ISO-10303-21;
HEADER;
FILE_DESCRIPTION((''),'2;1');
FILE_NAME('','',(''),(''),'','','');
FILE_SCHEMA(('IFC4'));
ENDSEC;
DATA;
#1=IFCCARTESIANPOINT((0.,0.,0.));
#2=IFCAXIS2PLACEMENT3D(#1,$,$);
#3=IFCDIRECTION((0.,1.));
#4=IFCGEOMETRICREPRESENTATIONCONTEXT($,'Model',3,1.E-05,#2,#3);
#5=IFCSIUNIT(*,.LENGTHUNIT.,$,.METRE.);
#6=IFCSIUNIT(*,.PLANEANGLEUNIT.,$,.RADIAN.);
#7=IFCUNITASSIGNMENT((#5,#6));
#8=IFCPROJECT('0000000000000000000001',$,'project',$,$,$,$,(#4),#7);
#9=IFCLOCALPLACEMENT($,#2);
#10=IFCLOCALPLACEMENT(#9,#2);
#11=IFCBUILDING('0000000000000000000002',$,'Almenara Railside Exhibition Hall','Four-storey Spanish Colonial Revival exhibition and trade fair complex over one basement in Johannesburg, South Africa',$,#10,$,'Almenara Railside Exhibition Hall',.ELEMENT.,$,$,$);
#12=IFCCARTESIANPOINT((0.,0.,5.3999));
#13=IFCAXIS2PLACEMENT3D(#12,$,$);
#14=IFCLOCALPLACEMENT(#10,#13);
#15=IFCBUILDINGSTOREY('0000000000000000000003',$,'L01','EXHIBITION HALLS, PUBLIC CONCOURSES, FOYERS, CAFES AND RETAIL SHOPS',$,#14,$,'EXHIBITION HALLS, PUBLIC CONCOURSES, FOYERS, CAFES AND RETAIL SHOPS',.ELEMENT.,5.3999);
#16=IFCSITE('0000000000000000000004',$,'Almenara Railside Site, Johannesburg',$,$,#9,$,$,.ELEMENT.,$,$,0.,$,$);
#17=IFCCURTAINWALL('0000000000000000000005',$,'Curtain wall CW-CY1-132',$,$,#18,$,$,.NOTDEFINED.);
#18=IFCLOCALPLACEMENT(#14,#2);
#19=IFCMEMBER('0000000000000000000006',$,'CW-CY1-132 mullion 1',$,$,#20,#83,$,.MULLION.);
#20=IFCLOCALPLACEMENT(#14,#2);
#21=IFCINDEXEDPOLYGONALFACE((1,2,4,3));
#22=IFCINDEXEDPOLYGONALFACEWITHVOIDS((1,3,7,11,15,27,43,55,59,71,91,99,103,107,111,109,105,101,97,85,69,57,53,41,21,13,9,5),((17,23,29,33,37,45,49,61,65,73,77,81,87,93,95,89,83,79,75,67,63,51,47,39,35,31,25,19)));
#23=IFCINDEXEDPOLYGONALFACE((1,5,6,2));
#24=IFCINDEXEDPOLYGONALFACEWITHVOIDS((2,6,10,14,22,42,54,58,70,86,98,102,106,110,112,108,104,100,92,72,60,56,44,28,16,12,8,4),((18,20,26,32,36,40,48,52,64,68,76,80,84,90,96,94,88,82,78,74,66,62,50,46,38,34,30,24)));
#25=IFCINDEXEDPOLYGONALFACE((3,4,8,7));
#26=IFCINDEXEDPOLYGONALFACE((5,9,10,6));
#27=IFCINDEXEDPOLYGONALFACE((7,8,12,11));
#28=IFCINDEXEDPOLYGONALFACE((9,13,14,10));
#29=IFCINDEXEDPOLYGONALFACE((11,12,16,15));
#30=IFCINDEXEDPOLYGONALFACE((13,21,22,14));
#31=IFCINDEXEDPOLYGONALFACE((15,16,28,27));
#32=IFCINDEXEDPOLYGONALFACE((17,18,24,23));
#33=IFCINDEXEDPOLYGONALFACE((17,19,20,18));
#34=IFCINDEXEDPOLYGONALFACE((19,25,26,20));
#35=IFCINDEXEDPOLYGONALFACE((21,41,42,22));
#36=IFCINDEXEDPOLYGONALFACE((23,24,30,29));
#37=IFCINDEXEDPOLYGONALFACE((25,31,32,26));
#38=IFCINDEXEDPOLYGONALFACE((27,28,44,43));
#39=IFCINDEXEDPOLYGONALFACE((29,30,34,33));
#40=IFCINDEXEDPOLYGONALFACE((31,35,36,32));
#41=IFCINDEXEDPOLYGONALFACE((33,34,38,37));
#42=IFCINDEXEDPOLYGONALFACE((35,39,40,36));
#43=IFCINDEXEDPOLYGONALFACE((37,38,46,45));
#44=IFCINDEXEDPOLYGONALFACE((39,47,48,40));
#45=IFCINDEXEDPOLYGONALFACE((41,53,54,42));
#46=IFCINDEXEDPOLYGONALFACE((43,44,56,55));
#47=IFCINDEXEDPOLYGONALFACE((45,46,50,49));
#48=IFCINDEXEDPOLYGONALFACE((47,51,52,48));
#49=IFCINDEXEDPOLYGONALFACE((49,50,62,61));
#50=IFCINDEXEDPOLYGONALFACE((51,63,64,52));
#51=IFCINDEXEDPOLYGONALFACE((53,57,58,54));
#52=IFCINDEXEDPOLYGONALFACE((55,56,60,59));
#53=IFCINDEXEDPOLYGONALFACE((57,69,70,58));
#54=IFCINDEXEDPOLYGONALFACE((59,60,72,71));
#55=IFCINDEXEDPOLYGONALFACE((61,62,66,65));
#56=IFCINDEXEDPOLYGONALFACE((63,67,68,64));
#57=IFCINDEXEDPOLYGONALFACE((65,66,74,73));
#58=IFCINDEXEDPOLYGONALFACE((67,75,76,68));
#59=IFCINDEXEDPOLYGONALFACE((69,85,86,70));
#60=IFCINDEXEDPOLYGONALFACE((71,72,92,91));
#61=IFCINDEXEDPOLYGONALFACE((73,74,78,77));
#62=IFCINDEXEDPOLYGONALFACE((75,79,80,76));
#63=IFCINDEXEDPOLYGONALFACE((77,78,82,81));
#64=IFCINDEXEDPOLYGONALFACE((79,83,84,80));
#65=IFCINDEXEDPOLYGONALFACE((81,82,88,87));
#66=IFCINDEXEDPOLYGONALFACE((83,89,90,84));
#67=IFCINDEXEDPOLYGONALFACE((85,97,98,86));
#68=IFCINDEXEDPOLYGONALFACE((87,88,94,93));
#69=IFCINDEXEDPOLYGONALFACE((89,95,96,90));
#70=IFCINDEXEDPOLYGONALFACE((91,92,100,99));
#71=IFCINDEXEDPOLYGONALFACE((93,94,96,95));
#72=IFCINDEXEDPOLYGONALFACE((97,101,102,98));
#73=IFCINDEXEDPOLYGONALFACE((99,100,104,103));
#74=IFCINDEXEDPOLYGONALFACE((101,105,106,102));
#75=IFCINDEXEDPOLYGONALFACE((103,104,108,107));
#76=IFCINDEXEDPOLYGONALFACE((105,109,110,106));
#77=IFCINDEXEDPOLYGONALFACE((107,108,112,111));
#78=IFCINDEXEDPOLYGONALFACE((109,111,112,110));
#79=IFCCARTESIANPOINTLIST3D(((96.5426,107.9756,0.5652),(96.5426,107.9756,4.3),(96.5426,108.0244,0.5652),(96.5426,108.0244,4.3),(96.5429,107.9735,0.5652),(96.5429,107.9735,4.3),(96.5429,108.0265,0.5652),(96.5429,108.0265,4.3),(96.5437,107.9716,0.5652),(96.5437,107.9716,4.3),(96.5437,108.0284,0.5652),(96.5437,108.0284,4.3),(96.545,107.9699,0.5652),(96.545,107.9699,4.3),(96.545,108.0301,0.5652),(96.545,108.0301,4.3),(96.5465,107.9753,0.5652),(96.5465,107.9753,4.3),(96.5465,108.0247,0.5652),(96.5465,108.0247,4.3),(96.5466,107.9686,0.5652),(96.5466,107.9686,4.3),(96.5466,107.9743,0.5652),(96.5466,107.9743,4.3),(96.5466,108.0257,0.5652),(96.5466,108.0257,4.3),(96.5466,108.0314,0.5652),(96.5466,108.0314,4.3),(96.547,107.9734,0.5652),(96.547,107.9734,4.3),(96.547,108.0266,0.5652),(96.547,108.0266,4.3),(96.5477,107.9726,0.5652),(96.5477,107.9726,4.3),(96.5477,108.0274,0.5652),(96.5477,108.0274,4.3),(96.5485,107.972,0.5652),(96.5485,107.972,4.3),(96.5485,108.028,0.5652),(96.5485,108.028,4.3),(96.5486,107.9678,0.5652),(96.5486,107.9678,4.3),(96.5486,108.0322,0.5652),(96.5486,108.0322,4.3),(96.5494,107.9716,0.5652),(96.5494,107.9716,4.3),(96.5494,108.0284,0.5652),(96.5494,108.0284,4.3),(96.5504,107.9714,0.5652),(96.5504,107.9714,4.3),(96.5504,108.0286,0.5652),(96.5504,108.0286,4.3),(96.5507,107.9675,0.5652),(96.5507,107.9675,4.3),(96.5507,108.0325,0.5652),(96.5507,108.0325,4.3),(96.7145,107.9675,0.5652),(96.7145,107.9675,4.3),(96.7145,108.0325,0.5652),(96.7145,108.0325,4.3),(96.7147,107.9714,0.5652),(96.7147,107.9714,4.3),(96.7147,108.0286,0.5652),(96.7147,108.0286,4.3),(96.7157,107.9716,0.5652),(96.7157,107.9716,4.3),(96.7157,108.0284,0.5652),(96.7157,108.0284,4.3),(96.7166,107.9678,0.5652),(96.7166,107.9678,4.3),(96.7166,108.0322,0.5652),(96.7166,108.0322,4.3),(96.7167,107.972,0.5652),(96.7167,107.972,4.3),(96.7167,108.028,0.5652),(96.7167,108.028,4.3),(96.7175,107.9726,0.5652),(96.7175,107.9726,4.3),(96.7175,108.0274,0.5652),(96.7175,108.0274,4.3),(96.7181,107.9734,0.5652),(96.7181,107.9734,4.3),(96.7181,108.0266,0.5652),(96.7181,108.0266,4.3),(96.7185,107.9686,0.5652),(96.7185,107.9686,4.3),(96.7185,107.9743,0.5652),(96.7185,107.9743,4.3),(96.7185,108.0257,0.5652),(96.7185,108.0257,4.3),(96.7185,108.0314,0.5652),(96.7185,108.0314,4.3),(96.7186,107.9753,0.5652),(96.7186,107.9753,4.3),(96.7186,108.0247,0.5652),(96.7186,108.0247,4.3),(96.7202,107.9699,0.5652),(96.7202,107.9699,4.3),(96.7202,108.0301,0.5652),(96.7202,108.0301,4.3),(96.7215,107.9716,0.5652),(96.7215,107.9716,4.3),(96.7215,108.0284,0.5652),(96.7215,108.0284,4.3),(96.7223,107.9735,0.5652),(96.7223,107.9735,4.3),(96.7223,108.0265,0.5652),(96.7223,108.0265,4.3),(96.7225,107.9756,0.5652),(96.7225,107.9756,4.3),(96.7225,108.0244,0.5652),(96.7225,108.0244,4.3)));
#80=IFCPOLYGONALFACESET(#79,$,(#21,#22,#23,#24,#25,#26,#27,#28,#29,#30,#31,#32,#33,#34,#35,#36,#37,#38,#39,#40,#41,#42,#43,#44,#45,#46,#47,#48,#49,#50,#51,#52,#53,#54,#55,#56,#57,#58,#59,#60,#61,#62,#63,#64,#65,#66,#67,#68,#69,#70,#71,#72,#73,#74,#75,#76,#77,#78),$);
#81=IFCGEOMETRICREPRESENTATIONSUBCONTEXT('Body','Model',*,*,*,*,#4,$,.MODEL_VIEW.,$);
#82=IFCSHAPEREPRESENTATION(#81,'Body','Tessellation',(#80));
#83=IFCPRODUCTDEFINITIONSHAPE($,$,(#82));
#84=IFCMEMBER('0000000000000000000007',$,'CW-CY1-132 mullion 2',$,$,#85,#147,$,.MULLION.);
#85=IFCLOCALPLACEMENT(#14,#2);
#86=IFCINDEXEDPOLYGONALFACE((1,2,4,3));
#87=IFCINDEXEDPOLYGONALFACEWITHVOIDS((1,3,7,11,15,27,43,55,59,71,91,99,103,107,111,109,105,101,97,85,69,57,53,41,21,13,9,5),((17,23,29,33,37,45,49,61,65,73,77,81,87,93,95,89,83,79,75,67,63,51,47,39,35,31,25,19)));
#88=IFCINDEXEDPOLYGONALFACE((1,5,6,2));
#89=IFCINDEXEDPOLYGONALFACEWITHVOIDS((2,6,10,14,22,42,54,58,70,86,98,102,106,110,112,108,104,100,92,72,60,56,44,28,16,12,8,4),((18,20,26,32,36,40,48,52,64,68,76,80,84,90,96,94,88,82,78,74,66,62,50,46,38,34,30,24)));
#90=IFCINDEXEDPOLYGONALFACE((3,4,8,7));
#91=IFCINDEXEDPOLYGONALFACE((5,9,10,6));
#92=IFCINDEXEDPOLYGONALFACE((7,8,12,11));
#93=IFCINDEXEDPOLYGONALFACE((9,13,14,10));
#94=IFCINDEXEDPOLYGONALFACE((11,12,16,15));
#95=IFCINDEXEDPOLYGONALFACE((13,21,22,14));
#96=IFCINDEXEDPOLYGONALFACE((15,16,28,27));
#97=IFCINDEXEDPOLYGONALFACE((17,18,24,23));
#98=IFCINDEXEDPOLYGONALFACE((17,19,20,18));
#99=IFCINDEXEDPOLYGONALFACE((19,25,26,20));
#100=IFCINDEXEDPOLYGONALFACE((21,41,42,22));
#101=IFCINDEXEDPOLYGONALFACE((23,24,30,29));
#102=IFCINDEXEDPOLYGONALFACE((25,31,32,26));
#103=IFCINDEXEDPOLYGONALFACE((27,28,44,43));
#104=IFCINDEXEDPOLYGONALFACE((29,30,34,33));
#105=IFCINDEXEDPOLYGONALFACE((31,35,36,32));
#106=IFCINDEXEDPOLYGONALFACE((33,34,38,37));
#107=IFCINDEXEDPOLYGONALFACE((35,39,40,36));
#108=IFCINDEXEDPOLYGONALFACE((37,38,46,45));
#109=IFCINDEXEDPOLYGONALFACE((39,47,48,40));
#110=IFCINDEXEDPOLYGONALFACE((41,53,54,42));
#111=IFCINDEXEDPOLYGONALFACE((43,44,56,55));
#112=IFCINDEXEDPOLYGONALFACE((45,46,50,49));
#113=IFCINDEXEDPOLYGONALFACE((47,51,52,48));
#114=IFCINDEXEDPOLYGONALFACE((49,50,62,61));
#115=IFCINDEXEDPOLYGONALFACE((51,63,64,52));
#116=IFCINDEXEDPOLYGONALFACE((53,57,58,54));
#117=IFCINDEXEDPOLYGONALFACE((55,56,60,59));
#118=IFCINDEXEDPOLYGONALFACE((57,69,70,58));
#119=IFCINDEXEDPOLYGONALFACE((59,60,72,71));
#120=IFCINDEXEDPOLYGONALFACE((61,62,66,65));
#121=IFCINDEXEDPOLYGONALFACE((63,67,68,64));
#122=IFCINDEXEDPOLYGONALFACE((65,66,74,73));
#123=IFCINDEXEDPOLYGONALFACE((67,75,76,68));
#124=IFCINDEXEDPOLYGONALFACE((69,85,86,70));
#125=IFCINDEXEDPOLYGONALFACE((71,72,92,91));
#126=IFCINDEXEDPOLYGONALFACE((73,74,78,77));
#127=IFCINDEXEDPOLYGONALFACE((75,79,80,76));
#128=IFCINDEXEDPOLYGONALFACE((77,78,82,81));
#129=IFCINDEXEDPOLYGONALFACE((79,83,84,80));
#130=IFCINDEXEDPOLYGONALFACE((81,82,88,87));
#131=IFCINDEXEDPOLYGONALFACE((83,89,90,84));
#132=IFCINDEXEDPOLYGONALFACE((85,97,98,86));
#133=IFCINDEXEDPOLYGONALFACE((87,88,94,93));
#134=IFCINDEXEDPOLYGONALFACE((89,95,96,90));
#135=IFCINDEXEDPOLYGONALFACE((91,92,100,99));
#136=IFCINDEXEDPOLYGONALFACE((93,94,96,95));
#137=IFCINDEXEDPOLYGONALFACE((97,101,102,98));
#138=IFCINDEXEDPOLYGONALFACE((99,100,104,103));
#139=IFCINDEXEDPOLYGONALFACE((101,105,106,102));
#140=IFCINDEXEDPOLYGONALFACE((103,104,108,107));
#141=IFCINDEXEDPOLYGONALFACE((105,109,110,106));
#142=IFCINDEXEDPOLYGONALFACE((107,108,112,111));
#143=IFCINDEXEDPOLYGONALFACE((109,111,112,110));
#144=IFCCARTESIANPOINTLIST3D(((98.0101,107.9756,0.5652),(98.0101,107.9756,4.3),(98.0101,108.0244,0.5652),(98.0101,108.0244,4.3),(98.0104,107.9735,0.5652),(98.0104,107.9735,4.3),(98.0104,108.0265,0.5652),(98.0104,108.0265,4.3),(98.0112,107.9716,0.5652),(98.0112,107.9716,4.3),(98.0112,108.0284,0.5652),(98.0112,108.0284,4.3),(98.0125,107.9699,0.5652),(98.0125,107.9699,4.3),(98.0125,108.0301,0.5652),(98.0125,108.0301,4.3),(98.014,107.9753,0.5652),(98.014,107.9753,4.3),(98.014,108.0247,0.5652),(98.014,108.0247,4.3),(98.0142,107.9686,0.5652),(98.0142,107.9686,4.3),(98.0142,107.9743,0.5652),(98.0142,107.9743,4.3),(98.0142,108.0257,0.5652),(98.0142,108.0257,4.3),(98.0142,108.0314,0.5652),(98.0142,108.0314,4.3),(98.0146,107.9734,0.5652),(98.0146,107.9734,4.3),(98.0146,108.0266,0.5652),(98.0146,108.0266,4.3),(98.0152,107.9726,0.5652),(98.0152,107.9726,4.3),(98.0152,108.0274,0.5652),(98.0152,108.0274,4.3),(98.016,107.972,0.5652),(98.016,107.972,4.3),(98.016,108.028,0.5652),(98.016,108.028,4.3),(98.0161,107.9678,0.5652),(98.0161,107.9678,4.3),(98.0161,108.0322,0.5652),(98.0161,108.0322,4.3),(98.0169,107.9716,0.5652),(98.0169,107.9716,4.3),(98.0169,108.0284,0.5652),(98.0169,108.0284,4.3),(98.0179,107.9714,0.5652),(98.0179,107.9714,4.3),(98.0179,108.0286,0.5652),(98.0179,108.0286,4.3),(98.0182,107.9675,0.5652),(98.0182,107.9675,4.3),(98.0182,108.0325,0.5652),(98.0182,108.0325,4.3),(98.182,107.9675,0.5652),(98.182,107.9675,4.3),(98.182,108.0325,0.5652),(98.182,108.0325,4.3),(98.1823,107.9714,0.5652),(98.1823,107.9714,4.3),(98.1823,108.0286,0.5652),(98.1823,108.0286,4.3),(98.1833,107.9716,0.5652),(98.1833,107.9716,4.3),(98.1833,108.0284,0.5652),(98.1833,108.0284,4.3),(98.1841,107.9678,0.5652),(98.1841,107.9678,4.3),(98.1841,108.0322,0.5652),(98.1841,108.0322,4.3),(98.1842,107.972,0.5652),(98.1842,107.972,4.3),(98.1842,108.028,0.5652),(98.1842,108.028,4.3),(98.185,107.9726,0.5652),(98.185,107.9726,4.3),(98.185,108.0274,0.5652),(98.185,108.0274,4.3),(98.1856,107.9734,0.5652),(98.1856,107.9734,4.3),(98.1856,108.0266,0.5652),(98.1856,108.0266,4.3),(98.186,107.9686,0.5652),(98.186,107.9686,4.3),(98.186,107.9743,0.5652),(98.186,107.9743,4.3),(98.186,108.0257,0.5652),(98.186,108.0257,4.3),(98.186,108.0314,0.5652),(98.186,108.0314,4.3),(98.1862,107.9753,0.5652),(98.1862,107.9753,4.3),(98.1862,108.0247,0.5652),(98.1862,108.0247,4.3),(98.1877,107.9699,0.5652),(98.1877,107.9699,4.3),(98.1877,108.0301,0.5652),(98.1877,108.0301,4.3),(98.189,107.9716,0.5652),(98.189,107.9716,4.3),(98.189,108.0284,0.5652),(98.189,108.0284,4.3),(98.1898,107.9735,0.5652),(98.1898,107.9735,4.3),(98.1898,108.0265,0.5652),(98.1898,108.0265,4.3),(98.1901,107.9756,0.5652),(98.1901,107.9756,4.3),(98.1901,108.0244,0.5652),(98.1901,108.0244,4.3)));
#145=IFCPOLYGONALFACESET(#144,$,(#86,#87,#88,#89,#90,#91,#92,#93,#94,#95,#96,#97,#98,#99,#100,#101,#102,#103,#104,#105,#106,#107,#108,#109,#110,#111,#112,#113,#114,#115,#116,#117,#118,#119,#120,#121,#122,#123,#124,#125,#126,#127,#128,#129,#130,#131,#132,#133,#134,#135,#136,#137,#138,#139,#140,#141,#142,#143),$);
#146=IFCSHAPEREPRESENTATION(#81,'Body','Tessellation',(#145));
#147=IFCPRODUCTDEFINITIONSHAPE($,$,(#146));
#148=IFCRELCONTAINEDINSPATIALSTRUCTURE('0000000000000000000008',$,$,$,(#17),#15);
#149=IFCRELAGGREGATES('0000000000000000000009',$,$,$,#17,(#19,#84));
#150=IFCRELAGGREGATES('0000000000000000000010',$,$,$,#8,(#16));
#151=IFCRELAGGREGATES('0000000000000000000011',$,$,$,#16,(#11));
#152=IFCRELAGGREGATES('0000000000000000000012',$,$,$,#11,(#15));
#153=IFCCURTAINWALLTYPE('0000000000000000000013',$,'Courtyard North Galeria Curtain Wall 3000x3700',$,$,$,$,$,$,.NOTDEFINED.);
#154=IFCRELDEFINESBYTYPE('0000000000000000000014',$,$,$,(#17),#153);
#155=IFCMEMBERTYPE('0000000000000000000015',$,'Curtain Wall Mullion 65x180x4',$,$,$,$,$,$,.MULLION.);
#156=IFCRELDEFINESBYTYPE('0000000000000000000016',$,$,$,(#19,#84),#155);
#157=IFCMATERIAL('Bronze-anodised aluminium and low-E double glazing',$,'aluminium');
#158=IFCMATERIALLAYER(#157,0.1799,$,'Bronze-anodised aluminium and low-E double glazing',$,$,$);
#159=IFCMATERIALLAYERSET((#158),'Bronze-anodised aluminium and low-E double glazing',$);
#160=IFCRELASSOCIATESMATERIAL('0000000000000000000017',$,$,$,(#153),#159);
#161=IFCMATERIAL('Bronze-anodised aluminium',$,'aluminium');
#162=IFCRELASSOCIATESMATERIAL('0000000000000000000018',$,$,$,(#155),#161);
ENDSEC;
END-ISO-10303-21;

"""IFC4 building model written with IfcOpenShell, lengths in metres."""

from ifc_helpers import new_model, si_unit, direction, frame, origin, origin_2d, place, context, subcontext, project, spatial, hollow_rectangle, extrude, material, layer, layer_set, material_profile, profile_set, type_object, element, aggregate, save


model = new_model("IFC4")

# Units and contexts
model_context = context("Model", 3, precision=1e-05, world=origin(), true_north=direction((0.0, 1.0)))
body_context = subcontext(model_context, "Body", "Model", "MODEL_VIEW")
ifc_project = project(units=[si_unit("LENGTHUNIT", "METRE"), si_unit("PLANEANGLEUNIT", "RADIAN")], contexts=[model_context])

# Site, building, storey
site_placement = place(None, origin())
site = spatial("IfcSite", under=ifc_project, at=site_placement, Name="Almenara Railside Site, Johannesburg", CompositionType="ELEMENT", RefElevation=0.0)
building_placement = place(site_placement, origin())
building = spatial("IfcBuilding", under=site, at=building_placement, Name="Almenara Railside Exhibition Hall", Description="Four-storey Spanish Colonial Revival exhibition and trade fair complex over one basement in Johannesburg, South Africa", LongName="Almenara Railside Exhibition Hall", CompositionType="ELEMENT")
storey_placement = place(building_placement, frame((0.0, 0.0, 5.3999)))
storey = spatial("IfcBuildingStorey", under=building, at=storey_placement, Name="L01", Description="EXHIBITION HALLS, PUBLIC CONCOURSES, FOYERS, CAFES AND RETAIL SHOPS", LongName="EXHIBITION HALLS, PUBLIC CONCOURSES, FOYERS, CAFES AND RETAIL SHOPS", CompositionType="ELEMENT", Elevation=5.3999)

# Curtain wall, members
ifc_material_1 = material(Name="Bronze-anodised aluminium and low-E double glazing", Category="aluminium")
ifc_layer_1 = layer(ifc_material_1, 0.1799, Name="Bronze-anodised aluminium and low-E double glazing")
ifc_layer_set_1 = layer_set([ifc_layer_1], Name="Bronze-anodised aluminium and low-E double glazing")
curtain_wall_type = type_object("IfcCurtainWallType", Name="Courtyard North Galeria Curtain Wall 3000x3700", PredefinedType="NOTDEFINED", material=ifc_layer_set_1)
curtain_wall_1_placement = place(storey_placement, origin())
curtain_wall_1 = element("IfcCurtainWall", 1, at=curtain_wall_1_placement, inside=storey, type_object=curtain_wall_type, Name="Curtain wall CW-CY1-132", PredefinedType="NOTDEFINED")
ifc_material_2 = material(Name="Bronze-anodised aluminium", Category="aluminium")
ifc_material_profile_1 = material_profile(ifc_material_2, hollow_rectangle(XDim=0.0649, YDim=0.1799, WallThickness=0.0039, InnerFilletRadius=0.0039, OuterFilletRadius=0.0081, at=origin_2d()), Name="ALU-MUL 65x180x4")
ifc_profile_set_1 = profile_set([ifc_material_profile_1], Name="Bronze-anodised aluminium")
member_type_1 = type_object("IfcMemberType", Name="Curtain Wall Mullion 65x180x4", PredefinedType="MULLION", material=ifc_profile_set_1)
member_1_placement = place(storey_placement, frame((96.6326, 108.0, 0.5652), z_axis=(0.0, 0.0, 1.0), x_axis=(0.0, 1.0, 0.0)))
member_1 = element("IfcMember", 2, at=member_1_placement, type_object=member_type_1, Name="CW-CY1-132 mullion 1", PredefinedType="MULLION", context=body_context, shape_type="SweptSolid", body=[
    extrude(hollow_rectangle(XDim=0.0649, YDim=0.1799, WallThickness=0.0039, InnerFilletRadius=0.0039, OuterFilletRadius=0.0081, at=origin_2d()), origin(), (0.0, 0.0, 1.0), 3.7349),
])
member_2_placement = place(storey_placement, frame((98.1001, 108.0, 0.5652), z_axis=(0.0, 0.0, 1.0), x_axis=(0.0, 1.0, 0.0)))
member_2 = element("IfcMember", 3, at=member_2_placement, type_object=member_type_1, Name="CW-CY1-132 mullion 2", PredefinedType="MULLION", context=body_context, shape_type="SweptSolid", body=[
    extrude(hollow_rectangle(XDim=0.0649, YDim=0.1799, WallThickness=0.0039, InnerFilletRadius=0.0039, OuterFilletRadius=0.0081, at=origin_2d()), origin(), (0.0, 0.0, 1.0), 3.7349),
])

aggregate(curtain_wall_1, [member_1, member_2])

save(model, "model.ifc")
